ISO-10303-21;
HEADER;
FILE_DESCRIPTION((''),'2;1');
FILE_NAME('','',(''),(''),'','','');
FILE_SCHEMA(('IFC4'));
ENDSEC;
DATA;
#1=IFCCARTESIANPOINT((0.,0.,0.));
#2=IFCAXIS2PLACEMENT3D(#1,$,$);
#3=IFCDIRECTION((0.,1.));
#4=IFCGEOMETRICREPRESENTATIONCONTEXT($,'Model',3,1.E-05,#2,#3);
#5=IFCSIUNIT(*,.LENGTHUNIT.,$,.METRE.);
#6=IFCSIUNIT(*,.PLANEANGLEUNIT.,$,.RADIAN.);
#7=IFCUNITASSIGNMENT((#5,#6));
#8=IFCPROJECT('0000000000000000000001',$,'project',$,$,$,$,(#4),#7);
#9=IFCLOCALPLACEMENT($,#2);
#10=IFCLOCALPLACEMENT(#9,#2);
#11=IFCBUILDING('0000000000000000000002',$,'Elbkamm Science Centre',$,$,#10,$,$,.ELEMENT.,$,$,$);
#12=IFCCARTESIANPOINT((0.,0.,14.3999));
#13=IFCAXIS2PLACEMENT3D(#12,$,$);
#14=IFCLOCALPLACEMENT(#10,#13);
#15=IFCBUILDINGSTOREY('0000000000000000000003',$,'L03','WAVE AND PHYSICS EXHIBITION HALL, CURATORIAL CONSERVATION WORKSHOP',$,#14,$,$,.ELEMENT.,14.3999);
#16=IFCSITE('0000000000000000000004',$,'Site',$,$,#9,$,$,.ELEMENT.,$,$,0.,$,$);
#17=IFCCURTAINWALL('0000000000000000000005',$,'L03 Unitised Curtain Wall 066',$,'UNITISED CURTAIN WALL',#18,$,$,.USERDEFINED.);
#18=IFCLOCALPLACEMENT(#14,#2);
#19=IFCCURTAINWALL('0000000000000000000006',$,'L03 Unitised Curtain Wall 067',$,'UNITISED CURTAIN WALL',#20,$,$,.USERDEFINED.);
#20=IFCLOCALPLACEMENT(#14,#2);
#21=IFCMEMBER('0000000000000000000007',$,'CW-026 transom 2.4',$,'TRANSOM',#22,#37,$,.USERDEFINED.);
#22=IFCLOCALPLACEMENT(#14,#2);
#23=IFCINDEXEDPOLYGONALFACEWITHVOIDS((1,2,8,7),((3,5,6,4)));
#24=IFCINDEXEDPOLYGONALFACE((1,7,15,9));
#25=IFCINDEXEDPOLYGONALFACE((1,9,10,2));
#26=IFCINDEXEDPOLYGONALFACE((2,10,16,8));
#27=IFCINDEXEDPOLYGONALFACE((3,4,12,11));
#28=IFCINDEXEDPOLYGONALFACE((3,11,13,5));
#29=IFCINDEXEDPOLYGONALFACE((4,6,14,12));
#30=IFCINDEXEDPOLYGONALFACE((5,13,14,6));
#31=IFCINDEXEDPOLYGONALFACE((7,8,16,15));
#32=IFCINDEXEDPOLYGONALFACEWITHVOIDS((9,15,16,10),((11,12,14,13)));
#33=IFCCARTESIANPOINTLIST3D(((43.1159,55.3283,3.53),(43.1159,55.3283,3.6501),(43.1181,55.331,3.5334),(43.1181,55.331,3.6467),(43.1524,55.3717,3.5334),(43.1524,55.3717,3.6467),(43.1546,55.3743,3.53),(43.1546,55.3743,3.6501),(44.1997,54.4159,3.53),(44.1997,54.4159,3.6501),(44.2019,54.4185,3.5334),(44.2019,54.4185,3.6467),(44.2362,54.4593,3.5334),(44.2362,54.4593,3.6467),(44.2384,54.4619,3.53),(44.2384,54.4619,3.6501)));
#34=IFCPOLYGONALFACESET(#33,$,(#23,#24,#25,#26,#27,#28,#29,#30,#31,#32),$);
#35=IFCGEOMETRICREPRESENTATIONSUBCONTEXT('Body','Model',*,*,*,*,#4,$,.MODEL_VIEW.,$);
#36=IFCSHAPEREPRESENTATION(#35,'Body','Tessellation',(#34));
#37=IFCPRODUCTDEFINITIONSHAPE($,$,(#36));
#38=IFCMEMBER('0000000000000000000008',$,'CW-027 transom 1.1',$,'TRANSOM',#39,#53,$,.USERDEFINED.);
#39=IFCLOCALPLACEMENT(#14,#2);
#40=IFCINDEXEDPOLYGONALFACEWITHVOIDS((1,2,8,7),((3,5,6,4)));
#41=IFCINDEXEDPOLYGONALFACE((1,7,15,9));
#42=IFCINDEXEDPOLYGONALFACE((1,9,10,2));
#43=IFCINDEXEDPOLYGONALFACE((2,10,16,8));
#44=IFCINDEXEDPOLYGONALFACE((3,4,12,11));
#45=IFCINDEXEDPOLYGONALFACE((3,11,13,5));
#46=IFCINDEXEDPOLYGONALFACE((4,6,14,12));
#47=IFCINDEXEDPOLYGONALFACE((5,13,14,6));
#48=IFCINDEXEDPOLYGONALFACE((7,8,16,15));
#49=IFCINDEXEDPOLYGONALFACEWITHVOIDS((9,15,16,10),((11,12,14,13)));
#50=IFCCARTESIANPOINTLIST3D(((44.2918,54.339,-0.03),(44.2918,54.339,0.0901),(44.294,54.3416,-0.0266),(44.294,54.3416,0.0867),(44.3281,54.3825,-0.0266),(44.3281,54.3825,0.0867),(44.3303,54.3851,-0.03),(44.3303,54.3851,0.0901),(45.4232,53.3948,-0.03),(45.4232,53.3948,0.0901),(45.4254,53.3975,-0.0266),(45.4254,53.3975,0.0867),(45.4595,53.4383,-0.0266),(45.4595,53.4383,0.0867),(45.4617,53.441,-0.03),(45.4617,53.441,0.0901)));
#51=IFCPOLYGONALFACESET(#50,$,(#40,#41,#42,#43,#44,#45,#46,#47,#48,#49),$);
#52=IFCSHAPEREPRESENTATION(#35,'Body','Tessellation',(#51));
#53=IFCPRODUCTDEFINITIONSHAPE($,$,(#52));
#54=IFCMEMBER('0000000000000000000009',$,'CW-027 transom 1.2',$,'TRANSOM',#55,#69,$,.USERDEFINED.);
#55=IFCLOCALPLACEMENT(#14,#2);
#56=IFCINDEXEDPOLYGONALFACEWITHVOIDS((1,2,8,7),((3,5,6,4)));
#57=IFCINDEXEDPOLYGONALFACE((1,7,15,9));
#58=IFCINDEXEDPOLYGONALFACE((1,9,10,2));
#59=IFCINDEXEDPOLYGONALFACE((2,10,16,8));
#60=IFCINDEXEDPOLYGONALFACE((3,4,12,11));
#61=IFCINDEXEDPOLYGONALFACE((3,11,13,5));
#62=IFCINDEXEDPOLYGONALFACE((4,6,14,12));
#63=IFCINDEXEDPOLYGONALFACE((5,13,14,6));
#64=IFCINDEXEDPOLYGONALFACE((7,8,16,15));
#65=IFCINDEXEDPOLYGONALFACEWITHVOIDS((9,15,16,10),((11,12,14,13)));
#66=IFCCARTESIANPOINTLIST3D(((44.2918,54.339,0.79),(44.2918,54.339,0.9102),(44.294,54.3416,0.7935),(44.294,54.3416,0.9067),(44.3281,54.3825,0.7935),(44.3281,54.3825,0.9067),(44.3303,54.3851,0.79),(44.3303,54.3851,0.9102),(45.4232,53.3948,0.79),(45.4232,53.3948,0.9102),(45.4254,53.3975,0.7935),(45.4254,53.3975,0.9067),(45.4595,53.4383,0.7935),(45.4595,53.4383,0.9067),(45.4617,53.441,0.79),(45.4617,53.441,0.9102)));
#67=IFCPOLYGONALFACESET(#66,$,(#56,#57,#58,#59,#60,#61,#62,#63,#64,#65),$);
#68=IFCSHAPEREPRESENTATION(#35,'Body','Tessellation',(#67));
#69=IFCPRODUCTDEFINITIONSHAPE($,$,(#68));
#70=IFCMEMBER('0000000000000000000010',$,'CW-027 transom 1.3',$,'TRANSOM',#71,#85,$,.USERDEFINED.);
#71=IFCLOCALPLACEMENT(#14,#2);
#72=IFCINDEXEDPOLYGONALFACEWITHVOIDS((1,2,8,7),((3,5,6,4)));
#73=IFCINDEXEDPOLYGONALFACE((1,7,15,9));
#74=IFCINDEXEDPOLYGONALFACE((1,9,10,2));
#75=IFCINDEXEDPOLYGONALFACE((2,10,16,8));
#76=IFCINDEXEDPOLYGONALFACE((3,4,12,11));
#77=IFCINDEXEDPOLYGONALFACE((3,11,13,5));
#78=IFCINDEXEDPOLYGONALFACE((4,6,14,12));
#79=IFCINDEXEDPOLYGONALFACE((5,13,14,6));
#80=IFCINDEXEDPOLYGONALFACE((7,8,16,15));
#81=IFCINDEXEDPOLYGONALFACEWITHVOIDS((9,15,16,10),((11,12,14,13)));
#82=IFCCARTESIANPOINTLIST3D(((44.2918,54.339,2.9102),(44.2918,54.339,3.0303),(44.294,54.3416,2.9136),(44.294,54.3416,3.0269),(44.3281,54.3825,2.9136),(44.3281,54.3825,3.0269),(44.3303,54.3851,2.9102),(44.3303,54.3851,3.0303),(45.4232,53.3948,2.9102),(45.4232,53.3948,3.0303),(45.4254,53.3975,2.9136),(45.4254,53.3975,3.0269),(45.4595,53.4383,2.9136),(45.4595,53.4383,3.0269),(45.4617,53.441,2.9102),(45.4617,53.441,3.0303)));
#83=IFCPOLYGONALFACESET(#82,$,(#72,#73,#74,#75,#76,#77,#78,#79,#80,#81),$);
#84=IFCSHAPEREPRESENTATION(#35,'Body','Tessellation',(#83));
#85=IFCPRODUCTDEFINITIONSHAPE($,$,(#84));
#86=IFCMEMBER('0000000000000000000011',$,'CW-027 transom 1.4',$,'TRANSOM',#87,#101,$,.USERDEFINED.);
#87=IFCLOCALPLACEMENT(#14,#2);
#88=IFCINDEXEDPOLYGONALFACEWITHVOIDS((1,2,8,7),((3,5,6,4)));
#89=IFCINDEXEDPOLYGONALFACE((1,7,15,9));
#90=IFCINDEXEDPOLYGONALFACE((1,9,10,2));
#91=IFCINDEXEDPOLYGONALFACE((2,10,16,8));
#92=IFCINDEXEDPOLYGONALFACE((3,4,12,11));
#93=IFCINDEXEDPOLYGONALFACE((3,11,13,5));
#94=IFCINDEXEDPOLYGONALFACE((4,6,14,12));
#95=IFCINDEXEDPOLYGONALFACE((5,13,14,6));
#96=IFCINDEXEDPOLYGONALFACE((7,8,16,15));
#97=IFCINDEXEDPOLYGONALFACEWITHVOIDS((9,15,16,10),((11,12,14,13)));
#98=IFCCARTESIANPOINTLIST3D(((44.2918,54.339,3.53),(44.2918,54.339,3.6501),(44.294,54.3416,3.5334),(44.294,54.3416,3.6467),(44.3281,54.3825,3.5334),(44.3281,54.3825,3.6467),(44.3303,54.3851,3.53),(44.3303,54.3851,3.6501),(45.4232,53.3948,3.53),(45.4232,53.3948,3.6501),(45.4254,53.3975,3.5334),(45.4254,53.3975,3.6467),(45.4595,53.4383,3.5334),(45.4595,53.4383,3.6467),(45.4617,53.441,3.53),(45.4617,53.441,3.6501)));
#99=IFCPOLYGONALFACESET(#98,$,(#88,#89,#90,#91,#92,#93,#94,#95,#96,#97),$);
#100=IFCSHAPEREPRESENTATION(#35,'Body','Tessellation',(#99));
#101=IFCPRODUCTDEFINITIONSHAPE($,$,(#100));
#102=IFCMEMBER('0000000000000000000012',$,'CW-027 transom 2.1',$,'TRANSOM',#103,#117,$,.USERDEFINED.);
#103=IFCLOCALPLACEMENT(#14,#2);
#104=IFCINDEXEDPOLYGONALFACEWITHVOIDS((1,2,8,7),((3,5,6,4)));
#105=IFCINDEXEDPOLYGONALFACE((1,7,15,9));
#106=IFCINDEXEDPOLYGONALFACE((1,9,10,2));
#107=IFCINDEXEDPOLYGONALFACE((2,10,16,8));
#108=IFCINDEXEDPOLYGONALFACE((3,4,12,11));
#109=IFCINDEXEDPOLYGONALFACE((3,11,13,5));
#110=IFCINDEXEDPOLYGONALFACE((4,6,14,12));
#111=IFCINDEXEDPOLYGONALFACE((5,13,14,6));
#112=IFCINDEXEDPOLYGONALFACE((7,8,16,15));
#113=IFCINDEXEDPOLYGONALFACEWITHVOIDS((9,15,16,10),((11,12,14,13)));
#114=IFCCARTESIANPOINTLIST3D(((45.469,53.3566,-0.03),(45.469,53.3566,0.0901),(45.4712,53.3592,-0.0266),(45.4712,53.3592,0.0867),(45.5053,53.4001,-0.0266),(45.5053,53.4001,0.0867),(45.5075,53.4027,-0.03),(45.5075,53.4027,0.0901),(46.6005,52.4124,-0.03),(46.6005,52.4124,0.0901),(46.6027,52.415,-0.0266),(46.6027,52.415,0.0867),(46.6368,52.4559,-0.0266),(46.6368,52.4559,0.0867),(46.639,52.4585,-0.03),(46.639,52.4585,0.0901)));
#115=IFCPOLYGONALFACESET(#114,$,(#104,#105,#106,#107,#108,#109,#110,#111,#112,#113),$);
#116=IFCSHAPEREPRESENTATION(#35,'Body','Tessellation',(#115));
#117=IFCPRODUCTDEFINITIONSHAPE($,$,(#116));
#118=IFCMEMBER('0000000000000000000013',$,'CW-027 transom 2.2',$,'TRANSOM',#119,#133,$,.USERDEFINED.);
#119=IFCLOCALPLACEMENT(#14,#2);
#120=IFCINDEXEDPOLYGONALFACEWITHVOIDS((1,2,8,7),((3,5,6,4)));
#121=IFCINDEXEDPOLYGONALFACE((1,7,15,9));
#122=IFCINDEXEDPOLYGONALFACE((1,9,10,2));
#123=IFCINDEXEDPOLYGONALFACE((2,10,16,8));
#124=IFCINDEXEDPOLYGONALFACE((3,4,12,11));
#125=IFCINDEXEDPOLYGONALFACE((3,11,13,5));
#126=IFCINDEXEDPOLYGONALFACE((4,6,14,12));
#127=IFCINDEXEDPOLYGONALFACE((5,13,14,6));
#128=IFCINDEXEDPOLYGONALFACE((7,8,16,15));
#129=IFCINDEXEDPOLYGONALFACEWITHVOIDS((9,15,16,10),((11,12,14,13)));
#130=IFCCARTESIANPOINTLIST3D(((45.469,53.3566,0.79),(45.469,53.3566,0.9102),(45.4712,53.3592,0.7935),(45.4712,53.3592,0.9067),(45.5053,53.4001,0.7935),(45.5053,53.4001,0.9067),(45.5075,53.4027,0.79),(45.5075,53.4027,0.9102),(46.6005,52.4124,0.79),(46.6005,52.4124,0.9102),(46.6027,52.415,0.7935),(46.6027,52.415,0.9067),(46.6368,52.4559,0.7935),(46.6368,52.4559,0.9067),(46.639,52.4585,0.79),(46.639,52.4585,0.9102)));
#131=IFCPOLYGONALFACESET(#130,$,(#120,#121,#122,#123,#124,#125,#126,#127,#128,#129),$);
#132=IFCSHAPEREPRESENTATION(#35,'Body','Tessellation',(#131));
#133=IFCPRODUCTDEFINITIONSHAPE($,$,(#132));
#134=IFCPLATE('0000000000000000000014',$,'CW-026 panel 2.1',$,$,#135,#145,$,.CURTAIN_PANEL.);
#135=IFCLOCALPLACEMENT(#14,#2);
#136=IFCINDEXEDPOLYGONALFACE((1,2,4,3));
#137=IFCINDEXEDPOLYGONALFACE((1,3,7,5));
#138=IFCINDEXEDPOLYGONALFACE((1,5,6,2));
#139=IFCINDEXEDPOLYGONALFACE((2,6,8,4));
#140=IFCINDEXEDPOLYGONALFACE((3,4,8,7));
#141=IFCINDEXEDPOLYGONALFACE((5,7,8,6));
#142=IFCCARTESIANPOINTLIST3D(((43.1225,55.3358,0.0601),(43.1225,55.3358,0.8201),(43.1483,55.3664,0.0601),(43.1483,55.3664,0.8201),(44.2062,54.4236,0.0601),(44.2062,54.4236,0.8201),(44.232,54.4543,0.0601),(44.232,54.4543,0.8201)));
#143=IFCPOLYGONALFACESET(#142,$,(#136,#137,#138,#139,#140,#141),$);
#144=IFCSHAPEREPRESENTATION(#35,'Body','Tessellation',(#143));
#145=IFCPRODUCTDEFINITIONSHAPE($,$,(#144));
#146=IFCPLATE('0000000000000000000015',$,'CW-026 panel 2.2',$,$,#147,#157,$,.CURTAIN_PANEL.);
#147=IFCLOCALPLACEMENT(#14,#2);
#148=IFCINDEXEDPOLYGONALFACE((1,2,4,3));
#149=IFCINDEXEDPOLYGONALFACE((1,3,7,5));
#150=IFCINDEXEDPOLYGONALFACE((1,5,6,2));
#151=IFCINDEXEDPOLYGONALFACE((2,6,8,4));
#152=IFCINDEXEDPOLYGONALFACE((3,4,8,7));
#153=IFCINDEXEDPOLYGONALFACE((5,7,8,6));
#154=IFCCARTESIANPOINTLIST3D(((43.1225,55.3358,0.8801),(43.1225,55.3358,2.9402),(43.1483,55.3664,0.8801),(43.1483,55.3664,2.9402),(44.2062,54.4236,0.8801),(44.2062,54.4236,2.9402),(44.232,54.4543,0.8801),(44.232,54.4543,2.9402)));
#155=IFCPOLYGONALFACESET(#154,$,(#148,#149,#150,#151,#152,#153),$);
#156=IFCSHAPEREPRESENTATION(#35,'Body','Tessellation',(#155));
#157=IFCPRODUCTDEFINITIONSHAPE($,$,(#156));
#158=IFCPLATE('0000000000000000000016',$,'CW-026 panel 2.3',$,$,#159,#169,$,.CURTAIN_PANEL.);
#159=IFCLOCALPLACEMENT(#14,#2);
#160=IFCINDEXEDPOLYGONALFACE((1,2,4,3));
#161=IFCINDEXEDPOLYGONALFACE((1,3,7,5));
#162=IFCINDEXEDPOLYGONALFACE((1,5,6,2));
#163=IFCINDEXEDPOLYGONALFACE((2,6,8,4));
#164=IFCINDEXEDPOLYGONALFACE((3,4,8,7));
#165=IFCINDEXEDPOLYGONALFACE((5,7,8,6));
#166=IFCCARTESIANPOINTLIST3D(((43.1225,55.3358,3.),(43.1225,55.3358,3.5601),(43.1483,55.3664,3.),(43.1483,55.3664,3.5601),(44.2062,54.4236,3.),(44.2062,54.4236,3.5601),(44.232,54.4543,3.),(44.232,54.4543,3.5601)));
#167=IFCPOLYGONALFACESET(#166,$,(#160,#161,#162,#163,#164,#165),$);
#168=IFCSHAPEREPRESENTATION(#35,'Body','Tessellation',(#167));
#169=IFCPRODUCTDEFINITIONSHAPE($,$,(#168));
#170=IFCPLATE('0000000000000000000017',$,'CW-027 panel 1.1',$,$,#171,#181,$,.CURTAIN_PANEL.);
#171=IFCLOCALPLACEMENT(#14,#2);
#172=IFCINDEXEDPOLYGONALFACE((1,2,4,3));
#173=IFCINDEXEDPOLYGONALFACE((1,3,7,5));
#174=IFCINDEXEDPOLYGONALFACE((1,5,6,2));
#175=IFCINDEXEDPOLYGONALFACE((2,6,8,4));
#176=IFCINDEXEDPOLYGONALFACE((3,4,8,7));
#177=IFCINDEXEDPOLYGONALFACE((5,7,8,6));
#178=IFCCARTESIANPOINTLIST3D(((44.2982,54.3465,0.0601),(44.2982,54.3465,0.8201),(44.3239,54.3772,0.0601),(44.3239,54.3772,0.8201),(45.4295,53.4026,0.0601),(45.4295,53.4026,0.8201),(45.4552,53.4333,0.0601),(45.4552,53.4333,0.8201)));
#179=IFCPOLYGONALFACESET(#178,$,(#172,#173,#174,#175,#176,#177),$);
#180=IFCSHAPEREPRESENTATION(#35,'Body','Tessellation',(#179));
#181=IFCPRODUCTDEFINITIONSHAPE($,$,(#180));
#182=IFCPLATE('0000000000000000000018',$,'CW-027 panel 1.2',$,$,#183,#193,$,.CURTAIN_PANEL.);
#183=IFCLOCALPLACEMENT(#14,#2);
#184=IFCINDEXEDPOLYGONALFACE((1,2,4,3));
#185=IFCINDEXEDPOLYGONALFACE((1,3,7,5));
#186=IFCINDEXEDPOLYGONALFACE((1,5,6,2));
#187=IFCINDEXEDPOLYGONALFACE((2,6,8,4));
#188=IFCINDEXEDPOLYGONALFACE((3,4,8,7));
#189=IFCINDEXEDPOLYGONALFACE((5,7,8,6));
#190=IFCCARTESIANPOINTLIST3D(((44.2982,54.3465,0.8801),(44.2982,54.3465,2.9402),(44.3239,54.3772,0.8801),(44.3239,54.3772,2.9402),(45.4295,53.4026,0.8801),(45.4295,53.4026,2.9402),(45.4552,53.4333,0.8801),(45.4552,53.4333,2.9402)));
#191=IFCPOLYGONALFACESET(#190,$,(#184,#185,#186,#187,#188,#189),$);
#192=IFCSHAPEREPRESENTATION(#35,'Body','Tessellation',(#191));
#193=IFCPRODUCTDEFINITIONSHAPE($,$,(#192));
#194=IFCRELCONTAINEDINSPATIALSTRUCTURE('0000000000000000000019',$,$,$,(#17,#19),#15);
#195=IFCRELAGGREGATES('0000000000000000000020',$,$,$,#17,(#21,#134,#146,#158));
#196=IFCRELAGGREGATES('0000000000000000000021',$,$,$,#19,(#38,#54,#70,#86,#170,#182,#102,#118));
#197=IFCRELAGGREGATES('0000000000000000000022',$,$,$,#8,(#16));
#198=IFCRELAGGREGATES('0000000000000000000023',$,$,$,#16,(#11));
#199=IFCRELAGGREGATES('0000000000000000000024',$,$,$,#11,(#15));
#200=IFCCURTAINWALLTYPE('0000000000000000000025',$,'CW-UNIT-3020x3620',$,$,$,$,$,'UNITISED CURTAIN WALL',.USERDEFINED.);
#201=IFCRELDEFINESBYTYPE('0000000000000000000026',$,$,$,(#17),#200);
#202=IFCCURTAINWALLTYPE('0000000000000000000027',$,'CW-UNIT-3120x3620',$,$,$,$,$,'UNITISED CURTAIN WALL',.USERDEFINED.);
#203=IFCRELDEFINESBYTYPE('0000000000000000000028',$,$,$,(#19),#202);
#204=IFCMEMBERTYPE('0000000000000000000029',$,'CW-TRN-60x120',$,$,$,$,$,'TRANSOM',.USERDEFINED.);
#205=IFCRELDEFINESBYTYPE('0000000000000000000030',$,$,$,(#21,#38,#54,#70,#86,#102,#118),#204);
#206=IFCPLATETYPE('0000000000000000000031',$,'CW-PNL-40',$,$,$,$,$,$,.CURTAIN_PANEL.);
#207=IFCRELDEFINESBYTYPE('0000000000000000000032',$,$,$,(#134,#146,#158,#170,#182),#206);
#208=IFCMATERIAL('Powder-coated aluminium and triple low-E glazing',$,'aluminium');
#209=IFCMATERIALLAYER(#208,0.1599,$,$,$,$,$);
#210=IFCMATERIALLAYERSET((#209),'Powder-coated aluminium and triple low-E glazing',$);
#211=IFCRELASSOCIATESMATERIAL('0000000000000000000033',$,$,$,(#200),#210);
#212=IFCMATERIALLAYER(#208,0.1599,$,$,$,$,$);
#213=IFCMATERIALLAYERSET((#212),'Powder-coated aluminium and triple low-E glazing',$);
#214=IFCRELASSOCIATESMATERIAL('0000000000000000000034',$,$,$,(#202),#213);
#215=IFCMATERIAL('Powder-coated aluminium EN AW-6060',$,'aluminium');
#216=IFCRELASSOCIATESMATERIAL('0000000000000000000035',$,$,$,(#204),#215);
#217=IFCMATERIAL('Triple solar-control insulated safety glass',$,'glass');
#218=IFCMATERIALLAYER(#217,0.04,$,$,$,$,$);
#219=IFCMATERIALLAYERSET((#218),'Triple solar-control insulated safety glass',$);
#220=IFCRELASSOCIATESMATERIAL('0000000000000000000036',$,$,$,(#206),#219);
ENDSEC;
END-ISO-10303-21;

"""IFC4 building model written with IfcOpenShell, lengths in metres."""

from ifc_helpers import new_model, si_unit, direction, frame, origin, origin_2d, place, context, subcontext, project, spatial, rectangle, hollow_rectangle, extrude, material, layer, layer_set, material_profile, profile_set, type_object, element, aggregate, save


model = new_model("IFC4")

# Units and contexts
model_context = context("Model", 3, precision=1e-05, world=origin(), true_north=direction((0.0, 1.0)))
body_context = subcontext(model_context, "Body", "Model", "MODEL_VIEW")
ifc_project = project(units=[si_unit("LENGTHUNIT", "METRE"), si_unit("PLANEANGLEUNIT", "RADIAN")], contexts=[model_context])

# Site, building, storey
site_placement = place(None, origin())
site = spatial("IfcSite", under=ifc_project, at=site_placement, Name="Site", CompositionType="ELEMENT", RefElevation=0.0)
building_placement = place(site_placement, origin())
building = spatial("IfcBuilding", under=site, at=building_placement, Name="Elbkamm Science Centre", CompositionType="ELEMENT")
storey_placement = place(building_placement, frame((0.0, 0.0, 14.3999)))
storey = spatial("IfcBuildingStorey", under=building, at=storey_placement, Name="L03", Description="WAVE AND PHYSICS EXHIBITION HALL, CURATORIAL CONSERVATION WORKSHOP", CompositionType="ELEMENT", Elevation=14.3999)

# Curtain walls
ifc_material_1 = material(Name="Powder-coated aluminium and triple low-E glazing", Category="aluminium")
ifc_layer_1 = layer(ifc_material_1, 0.1599)
ifc_layer_set_1 = layer_set([ifc_layer_1], Name="Powder-coated aluminium and triple low-E glazing")
curtain_wall_type_1 = type_object("IfcCurtainWallType", Name="CW-UNIT-3020x3620", ElementType="UNITISED CURTAIN WALL", PredefinedType="USERDEFINED", material=ifc_layer_set_1)
curtain_wall_1_placement = place(storey_placement, origin())
curtain_wall_1 = element("IfcCurtainWall", 1, at=curtain_wall_1_placement, inside=storey, type_object=curtain_wall_type_1, Name="L03 Unitised Curtain Wall 066", ObjectType="UNITISED CURTAIN WALL", PredefinedType="USERDEFINED")
ifc_material_2 = material(Name="Powder-coated aluminium EN AW-6060", Category="aluminium")
ifc_layer_2 = layer(ifc_material_1, 0.1599)
ifc_layer_set_2 = layer_set([ifc_layer_2], Name="Powder-coated aluminium and triple low-E glazing")
curtain_wall_type_2 = type_object("IfcCurtainWallType", Name="CW-UNIT-3120x3620", ElementType="UNITISED CURTAIN WALL", PredefinedType="USERDEFINED", material=ifc_layer_set_2)
curtain_wall_2_placement = place(storey_placement, origin())
curtain_wall_2 = element("IfcCurtainWall", 2, at=curtain_wall_2_placement, inside=storey, type_object=curtain_wall_type_2, Name="L03 Unitised Curtain Wall 067", ObjectType="UNITISED CURTAIN WALL", PredefinedType="USERDEFINED")

# Members
ifc_material_profile_1 = material_profile(ifc_material_2, hollow_rectangle(XDim=0.0601, YDim=0.1201, WallThickness=0.0034, at=origin_2d()), Name="ALU T60x120")
ifc_profile_set_1 = profile_set([ifc_material_profile_1], Name="Powder-coated aluminium EN AW-6060")
member_type_1 = type_object("IfcMemberType", Name="CW-TRN-60x120", ElementType="TRANSOM", PredefinedType="USERDEFINED", material=ifc_profile_set_1)
member_1_placement = place(storey_placement, frame((43.1353, 55.3513, 3.5901), z_axis=(0.765005, -0.644024, 0.0), x_axis=(0.644024, 0.765005, 0.0)))
member_1 = element("IfcMember", 3, at=member_1_placement, type_object=member_type_1, Name="CW-026 transom 2.4", ObjectType="TRANSOM", PredefinedType="USERDEFINED", context=body_context, shape_type="SweptSolid", body=[
    extrude(hollow_rectangle(XDim=0.0601, YDim=0.1201, WallThickness=0.0034, at=origin_2d()), origin(), (0.0, 0.0, 1.0), 1.4167),
])
member_2_placement = place(storey_placement, frame((44.311, 54.3621, 0.03), z_axis=(0.767787, -0.640706, 0.0), x_axis=(0.640706, 0.767787, 0.0)))
member_2 = element("IfcMember", 4, at=member_2_placement, type_object=member_type_1, Name="CW-027 transom 1.1", ObjectType="TRANSOM", PredefinedType="USERDEFINED", context=body_context, shape_type="SweptSolid", body=[
    extrude(hollow_rectangle(XDim=0.0601, YDim=0.1201, WallThickness=0.0034, at=origin_2d()), origin(), (0.0, 0.0, 1.0), 1.4736),
])
member_3_placement = place(storey_placement, frame((44.311, 54.3621, 0.8501), z_axis=(0.767787, -0.640706, 0.0), x_axis=(0.640706, 0.767787, 0.0)))
member_3 = element("IfcMember", 5, at=member_3_placement, type_object=member_type_1, Name="CW-027 transom 1.2", ObjectType="TRANSOM", PredefinedType="USERDEFINED", context=body_context, shape_type="SweptSolid", body=[
    extrude(hollow_rectangle(XDim=0.0601, YDim=0.1201, WallThickness=0.0034, at=origin_2d()), origin(), (0.0, 0.0, 1.0), 1.4736),
])
member_4_placement = place(storey_placement, frame((44.311, 54.3621, 2.9702), z_axis=(0.767787, -0.640706, 0.0), x_axis=(0.640706, 0.767787, 0.0)))
member_4 = element("IfcMember", 6, at=member_4_placement, type_object=member_type_1, Name="CW-027 transom 1.3", ObjectType="TRANSOM", PredefinedType="USERDEFINED", context=body_context, shape_type="SweptSolid", body=[
    extrude(hollow_rectangle(XDim=0.0601, YDim=0.1201, WallThickness=0.0034, at=origin_2d()), origin(), (0.0, 0.0, 1.0), 1.4736),
])
member_5_placement = place(storey_placement, frame((44.311, 54.3621, 3.5901), z_axis=(0.767787, -0.640706, 0.0), x_axis=(0.640706, 0.767787, 0.0)))
member_5 = element("IfcMember", 7, at=member_5_placement, type_object=member_type_1, Name="CW-027 transom 1.4", ObjectType="TRANSOM", PredefinedType="USERDEFINED", context=body_context, shape_type="SweptSolid", body=[
    extrude(hollow_rectangle(XDim=0.0601, YDim=0.1201, WallThickness=0.0034, at=origin_2d()), origin(), (0.0, 0.0, 1.0), 1.4736),
])
member_6_placement = place(storey_placement, frame((45.4883, 53.3796, 0.03), z_axis=(0.767787, -0.640706, 0.0), x_axis=(0.640706, 0.767787, 0.0)))
member_6 = element("IfcMember", 8, at=member_6_placement, type_object=member_type_1, Name="CW-027 transom 2.1", ObjectType="TRANSOM", PredefinedType="USERDEFINED", context=body_context, shape_type="SweptSolid", body=[
    extrude(hollow_rectangle(XDim=0.0601, YDim=0.1201, WallThickness=0.0034, at=origin_2d()), origin(), (0.0, 0.0, 1.0), 1.4736),
])
member_7_placement = place(storey_placement, frame((45.4883, 53.3796, 0.8501), z_axis=(0.767787, -0.640706, 0.0), x_axis=(0.640706, 0.767787, 0.0)))
member_7 = element("IfcMember", 9, at=member_7_placement, type_object=member_type_1, Name="CW-027 transom 2.2", ObjectType="TRANSOM", PredefinedType="USERDEFINED", context=body_context, shape_type="SweptSolid", body=[
    extrude(hollow_rectangle(XDim=0.0601, YDim=0.1201, WallThickness=0.0034, at=origin_2d()), origin(), (0.0, 0.0, 1.0), 1.4736),
])

# Plates
ifc_material_3 = material(Name="Triple solar-control insulated safety glass", Category="glass")
ifc_layer_3 = layer(ifc_material_3, 0.04)
ifc_layer_set_3 = layer_set([ifc_layer_3], Name="Triple solar-control insulated safety glass")
plate_type = type_object("IfcPlateType", Name="CW-PNL-40", PredefinedType="CURTAIN_PANEL", material=ifc_layer_set_3)
plate_1_placement = place(storey_placement, frame((43.6772, 54.895, 0.0601), z_axis=(0.0, 0.0, 1.0), x_axis=(0.765062, -0.643957, 0.0)))
plate_1 = element("IfcPlate", 10, at=plate_1_placement, type_object=plate_type, Name="CW-026 panel 2.1", PredefinedType="CURTAIN_PANEL", context=body_context, shape_type="SweptSolid", body=[
    extrude(rectangle(XDim=1.4165, YDim=0.04, at=origin_2d()), origin(), (0.0, 0.0, 1.0), 0.76),
])
plate_2_placement = place(storey_placement, frame((43.6772, 54.895, 0.8801), z_axis=(0.0, 0.0, 1.0), x_axis=(0.765062, -0.643957, 0.0)))
plate_2 = element("IfcPlate", 11, at=plate_2_placement, type_object=plate_type, Name="CW-026 panel 2.2", PredefinedType="CURTAIN_PANEL", context=body_context, shape_type="SweptSolid", body=[
    extrude(rectangle(XDim=1.4165, YDim=0.04, at=origin_2d()), origin(), (0.0, 0.0, 1.0), 2.0601),
])
plate_3_placement = place(storey_placement, frame((43.6772, 54.895, 3.0), z_axis=(0.0, 0.0, 1.0), x_axis=(0.765062, -0.643957, 0.0)))
plate_3 = element("IfcPlate", 12, at=plate_3_placement, type_object=plate_type, Name="CW-026 panel 2.3", PredefinedType="CURTAIN_PANEL", context=body_context, shape_type="SweptSolid", body=[
    extrude(rectangle(XDim=1.4165, YDim=0.04, at=origin_2d()), origin(), (0.0, 0.0, 1.0), 0.5601),
])
aggregate(curtain_wall_1, [member_1, plate_1, plate_2, plate_3])
plate_4_placement = place(storey_placement, frame((44.8767, 53.8899, 0.0601), z_axis=(0.0, 0.0, 1.0), x_axis=(0.767836, -0.640647, 0.0)))
plate_4 = element("IfcPlate", 13, at=plate_4_placement, type_object=plate_type, Name="CW-027 panel 1.1", PredefinedType="CURTAIN_PANEL", context=body_context, shape_type="SweptSolid", body=[
    extrude(rectangle(XDim=1.4734, YDim=0.04, at=origin_2d()), origin(), (0.0, 0.0, 1.0), 0.76),
])
plate_5_placement = place(storey_placement, frame((44.8767, 53.8899, 0.8801), z_axis=(0.0, 0.0, 1.0), x_axis=(0.767836, -0.640647, 0.0)))
plate_5 = element("IfcPlate", 14, at=plate_5_placement, type_object=plate_type, Name="CW-027 panel 1.2", PredefinedType="CURTAIN_PANEL", context=body_context, shape_type="SweptSolid", body=[
    extrude(rectangle(XDim=1.4734, YDim=0.04, at=origin_2d()), origin(), (0.0, 0.0, 1.0), 2.0601),
])
aggregate(curtain_wall_2, [member_2, member_3, member_4, member_5, plate_4, plate_5, member_6, member_7])

save(model, "model.ifc")
